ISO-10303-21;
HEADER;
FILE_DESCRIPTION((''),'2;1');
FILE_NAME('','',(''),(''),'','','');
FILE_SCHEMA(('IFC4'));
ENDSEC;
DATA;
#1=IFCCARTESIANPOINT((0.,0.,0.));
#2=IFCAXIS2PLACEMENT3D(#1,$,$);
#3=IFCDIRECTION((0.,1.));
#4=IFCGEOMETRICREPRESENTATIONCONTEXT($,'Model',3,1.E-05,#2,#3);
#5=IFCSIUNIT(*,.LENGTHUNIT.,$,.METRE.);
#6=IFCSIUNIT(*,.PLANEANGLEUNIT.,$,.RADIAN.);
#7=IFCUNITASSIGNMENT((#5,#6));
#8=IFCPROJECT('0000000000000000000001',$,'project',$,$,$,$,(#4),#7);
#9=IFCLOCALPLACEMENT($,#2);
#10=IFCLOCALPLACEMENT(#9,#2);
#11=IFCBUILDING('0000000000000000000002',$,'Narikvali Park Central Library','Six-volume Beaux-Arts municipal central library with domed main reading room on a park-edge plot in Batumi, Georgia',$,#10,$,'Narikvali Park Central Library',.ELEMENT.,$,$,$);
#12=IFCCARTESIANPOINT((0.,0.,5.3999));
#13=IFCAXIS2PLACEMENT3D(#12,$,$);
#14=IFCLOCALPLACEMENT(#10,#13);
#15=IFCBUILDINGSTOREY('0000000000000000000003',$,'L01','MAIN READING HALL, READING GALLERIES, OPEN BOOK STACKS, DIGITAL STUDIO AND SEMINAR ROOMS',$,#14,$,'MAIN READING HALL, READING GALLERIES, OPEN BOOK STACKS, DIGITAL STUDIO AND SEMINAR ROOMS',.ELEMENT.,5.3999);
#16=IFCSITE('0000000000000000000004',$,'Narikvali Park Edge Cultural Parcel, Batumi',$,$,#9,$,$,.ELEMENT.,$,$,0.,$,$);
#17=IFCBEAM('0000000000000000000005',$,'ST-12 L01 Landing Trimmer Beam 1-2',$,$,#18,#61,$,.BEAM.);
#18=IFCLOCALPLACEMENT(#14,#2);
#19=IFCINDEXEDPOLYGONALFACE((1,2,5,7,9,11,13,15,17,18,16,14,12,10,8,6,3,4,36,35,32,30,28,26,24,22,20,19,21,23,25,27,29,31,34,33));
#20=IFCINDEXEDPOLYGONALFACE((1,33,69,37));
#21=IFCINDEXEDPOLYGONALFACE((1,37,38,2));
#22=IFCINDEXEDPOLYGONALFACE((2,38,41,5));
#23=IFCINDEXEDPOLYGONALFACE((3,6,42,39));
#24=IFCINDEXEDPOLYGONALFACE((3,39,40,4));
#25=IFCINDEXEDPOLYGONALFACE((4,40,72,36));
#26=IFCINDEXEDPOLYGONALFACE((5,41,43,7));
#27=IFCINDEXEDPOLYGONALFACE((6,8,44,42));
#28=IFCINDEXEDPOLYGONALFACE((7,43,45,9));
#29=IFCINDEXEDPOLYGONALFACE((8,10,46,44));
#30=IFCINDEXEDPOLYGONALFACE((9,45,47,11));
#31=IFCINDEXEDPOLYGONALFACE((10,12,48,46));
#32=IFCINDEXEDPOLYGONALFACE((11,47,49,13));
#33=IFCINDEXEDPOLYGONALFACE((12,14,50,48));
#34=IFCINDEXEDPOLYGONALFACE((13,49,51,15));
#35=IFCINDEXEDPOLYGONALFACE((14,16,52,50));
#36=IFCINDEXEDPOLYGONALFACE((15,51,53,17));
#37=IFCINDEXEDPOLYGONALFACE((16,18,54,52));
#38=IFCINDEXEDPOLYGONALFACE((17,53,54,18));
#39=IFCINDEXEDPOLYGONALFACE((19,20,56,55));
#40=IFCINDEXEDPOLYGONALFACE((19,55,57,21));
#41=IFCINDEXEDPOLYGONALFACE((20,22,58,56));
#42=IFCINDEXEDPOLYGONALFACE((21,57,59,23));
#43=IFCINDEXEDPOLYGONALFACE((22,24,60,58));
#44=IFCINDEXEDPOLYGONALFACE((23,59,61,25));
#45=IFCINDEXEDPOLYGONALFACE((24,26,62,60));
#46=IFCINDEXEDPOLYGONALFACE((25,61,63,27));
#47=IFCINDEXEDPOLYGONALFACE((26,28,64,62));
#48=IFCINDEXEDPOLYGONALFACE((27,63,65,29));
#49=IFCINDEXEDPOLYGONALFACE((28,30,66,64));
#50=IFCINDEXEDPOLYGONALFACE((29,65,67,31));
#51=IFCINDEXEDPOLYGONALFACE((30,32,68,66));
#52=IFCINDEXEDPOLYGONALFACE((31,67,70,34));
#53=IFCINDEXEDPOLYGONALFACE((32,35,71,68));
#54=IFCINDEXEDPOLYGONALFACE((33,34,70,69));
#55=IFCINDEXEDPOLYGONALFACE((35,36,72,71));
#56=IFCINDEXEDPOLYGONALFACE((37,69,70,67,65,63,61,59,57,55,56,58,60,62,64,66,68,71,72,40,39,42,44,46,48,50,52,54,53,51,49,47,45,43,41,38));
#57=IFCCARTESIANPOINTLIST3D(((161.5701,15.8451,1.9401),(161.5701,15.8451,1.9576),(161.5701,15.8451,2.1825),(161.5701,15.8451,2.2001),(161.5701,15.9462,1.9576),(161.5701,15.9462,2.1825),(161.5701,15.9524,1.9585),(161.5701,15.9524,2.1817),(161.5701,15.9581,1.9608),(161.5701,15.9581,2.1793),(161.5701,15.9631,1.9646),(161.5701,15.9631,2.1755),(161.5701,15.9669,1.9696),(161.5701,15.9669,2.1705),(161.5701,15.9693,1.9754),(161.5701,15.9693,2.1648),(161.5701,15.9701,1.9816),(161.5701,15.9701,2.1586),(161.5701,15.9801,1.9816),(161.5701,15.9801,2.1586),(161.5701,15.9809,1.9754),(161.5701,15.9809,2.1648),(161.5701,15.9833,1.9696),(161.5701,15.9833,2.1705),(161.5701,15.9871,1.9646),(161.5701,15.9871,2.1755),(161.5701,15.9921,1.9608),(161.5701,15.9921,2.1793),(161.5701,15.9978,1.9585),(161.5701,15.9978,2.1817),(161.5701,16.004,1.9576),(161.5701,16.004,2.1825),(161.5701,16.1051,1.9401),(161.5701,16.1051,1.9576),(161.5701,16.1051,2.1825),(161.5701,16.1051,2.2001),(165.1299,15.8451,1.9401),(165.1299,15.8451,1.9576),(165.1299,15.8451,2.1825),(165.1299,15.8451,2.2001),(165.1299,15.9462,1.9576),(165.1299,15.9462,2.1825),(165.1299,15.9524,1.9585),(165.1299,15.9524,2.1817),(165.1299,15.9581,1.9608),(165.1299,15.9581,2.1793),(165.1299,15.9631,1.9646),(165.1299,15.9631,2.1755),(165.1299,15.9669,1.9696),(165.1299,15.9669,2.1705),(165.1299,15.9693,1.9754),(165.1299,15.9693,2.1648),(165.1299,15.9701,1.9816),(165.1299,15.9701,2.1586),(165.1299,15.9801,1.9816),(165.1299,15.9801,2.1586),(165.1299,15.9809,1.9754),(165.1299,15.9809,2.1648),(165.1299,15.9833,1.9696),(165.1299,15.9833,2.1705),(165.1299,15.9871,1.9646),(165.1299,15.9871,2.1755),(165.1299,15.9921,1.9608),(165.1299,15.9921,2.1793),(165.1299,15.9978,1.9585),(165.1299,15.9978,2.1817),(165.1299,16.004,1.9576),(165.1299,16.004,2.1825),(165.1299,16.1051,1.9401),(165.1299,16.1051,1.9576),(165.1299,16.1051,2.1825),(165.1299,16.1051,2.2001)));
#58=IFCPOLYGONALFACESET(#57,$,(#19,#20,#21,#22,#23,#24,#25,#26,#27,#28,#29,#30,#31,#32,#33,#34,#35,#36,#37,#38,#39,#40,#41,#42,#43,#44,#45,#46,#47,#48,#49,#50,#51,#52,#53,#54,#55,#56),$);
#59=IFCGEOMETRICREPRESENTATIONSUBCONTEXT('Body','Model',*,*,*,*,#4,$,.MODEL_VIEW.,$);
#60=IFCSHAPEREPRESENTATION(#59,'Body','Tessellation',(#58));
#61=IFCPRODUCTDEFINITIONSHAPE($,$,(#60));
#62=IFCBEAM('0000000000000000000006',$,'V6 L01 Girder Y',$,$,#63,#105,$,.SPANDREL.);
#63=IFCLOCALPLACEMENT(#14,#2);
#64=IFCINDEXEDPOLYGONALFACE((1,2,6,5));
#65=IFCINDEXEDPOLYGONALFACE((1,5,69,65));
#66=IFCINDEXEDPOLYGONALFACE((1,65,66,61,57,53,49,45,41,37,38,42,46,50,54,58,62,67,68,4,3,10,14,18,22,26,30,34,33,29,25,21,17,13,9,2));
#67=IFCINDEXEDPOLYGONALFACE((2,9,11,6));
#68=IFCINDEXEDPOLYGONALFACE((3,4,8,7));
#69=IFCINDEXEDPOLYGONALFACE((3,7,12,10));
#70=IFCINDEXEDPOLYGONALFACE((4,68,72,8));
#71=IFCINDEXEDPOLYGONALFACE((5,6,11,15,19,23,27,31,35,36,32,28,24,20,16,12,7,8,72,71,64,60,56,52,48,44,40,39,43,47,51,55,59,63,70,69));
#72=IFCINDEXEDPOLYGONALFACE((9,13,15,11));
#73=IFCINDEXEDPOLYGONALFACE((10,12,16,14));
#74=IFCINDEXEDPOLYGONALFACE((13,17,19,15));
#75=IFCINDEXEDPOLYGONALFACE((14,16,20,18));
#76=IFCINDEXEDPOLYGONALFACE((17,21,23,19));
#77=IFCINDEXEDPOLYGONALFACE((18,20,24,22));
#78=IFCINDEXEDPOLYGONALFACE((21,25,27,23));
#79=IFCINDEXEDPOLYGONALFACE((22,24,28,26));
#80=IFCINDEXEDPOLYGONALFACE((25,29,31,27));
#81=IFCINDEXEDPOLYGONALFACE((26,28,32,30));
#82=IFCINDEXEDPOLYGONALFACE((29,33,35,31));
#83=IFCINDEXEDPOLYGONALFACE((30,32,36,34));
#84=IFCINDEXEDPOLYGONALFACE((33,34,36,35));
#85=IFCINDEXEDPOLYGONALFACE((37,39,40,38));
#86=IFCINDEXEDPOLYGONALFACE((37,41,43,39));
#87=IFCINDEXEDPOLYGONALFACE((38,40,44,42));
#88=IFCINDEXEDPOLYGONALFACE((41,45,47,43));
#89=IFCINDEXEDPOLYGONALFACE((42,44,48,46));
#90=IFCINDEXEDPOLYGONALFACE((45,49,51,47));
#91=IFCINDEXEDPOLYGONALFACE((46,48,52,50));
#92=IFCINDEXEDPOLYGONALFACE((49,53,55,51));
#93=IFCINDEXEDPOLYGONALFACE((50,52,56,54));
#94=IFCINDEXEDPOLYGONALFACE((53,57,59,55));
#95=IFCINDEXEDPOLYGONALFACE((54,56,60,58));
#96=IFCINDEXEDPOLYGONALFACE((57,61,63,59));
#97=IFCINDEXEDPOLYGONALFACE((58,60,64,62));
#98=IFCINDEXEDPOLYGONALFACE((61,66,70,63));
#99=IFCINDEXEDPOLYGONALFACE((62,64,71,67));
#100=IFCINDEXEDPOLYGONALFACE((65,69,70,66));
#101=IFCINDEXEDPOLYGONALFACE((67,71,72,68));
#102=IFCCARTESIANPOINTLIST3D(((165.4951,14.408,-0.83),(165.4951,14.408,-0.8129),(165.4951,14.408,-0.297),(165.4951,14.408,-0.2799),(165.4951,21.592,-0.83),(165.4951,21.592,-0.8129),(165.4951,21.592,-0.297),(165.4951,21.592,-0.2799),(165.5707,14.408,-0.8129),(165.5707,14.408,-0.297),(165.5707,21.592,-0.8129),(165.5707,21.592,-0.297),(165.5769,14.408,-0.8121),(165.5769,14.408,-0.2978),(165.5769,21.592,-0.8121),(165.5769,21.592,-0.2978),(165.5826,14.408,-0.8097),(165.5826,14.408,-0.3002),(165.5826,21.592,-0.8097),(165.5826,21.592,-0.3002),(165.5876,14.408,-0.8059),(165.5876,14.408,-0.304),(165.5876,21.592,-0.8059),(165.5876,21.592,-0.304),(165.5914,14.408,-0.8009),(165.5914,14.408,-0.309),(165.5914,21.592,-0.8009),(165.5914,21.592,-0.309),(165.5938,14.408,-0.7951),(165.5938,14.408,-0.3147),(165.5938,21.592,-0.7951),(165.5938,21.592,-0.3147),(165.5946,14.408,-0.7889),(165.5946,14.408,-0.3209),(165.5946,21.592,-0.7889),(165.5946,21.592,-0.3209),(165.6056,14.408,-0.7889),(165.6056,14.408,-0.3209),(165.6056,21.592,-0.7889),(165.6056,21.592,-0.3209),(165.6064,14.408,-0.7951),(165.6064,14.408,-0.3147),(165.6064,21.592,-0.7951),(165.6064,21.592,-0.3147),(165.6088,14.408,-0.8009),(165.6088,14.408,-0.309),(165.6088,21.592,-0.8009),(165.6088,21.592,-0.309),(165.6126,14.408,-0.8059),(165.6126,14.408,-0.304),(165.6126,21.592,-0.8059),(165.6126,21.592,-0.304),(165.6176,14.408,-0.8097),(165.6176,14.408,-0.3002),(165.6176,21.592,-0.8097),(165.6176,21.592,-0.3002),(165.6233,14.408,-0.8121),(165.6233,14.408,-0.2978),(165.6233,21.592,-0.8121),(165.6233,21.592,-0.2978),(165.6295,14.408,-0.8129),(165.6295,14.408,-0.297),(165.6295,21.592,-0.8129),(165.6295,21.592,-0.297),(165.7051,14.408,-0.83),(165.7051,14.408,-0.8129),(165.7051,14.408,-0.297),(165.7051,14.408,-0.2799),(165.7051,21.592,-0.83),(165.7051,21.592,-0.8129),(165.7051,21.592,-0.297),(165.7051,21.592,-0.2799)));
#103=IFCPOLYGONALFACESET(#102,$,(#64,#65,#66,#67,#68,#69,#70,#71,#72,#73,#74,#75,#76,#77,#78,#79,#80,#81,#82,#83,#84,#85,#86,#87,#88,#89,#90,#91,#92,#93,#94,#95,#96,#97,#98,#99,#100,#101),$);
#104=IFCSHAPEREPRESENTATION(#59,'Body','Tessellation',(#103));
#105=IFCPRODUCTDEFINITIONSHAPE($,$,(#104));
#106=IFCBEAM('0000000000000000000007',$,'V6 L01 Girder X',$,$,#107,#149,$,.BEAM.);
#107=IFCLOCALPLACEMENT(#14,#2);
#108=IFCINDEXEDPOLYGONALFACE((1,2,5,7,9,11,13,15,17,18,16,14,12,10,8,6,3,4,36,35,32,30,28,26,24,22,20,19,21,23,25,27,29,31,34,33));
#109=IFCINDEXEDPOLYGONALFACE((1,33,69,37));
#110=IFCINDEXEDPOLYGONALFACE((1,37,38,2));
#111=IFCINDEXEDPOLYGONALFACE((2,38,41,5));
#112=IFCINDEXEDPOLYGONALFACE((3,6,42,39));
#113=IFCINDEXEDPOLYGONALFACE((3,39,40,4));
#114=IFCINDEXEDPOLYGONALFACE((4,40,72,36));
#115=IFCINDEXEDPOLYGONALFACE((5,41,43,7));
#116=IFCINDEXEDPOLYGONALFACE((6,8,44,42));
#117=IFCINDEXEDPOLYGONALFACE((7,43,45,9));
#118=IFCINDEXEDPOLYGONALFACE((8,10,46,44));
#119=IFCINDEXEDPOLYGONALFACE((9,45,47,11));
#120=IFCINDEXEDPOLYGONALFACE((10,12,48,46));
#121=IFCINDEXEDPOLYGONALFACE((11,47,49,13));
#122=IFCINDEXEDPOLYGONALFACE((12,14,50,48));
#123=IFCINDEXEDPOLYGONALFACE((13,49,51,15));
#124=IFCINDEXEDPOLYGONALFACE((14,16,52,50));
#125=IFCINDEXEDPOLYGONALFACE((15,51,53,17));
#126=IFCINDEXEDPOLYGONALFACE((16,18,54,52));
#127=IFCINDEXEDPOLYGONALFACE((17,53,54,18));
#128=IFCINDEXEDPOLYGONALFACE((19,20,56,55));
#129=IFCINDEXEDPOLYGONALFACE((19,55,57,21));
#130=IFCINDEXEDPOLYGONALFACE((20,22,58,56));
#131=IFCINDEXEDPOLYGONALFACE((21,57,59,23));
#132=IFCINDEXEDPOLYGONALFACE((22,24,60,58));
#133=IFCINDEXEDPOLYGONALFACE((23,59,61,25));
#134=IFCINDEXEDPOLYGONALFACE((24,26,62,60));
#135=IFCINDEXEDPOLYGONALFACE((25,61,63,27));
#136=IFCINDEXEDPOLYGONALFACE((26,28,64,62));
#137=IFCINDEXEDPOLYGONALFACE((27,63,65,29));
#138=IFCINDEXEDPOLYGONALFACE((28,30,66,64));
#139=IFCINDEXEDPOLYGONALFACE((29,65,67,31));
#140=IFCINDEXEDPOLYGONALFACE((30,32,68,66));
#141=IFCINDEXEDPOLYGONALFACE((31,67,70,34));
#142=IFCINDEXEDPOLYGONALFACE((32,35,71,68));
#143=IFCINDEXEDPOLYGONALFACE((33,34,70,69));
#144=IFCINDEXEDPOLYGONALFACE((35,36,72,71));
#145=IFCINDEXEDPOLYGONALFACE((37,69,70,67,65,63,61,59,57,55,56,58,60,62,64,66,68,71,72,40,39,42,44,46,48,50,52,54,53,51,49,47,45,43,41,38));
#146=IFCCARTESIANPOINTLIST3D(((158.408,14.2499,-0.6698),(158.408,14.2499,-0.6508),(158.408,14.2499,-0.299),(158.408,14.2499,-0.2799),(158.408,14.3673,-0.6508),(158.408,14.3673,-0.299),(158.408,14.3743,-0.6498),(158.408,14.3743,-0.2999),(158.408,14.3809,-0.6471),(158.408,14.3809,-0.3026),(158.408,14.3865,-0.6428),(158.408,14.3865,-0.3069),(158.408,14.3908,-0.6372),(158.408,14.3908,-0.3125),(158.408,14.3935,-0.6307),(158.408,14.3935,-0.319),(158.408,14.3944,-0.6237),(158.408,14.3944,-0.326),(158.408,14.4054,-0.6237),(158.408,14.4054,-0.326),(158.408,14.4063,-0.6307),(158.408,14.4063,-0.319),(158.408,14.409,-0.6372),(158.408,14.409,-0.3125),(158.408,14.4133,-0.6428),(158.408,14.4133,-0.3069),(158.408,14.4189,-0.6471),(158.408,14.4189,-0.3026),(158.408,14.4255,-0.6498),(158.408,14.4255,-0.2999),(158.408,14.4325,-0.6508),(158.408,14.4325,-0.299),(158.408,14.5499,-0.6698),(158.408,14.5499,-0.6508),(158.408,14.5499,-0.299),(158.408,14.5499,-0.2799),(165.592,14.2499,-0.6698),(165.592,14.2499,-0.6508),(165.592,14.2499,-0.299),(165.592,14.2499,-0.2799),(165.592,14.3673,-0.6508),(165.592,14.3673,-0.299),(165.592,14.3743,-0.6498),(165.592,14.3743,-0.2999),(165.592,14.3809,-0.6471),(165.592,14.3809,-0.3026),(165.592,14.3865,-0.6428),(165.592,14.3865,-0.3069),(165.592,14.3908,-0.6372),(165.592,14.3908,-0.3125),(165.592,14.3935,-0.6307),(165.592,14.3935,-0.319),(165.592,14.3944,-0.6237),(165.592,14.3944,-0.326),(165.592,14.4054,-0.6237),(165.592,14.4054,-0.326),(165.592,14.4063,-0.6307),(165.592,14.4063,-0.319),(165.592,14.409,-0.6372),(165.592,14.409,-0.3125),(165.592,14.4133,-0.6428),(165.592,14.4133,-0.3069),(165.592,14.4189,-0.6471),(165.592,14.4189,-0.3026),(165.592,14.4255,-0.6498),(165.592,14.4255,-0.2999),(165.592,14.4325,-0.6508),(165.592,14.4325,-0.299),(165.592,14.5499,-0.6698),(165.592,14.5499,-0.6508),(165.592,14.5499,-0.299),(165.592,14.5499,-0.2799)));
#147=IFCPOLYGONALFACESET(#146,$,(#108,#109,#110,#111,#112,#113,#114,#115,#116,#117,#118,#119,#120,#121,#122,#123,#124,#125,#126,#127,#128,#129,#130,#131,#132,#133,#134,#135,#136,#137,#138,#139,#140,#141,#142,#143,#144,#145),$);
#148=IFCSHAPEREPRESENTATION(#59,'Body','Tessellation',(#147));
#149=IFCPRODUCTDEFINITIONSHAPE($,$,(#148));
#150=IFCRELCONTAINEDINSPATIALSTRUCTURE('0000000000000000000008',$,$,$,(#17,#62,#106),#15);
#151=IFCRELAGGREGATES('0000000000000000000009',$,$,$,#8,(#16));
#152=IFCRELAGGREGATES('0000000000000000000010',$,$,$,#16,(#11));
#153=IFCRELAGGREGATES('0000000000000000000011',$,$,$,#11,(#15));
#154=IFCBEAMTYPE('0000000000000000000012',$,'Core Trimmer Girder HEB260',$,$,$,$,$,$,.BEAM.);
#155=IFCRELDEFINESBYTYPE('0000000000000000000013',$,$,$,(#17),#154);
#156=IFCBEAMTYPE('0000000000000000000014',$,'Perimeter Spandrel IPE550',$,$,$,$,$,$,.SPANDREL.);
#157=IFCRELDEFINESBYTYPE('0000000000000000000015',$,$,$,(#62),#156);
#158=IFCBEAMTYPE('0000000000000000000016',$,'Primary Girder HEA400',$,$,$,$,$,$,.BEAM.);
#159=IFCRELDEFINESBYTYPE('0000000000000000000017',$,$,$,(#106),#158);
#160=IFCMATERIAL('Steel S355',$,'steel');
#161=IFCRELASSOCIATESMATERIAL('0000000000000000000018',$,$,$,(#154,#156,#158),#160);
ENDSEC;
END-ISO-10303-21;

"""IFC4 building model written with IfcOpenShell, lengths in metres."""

from ifc_helpers import new_model, si_unit, direction, frame, origin, origin_2d, place, context, subcontext, project, spatial, i_section, extrude, material, material_profile, profile_set, type_object, element, save


model = new_model("IFC4")

# Units and contexts
model_context = context("Model", 3, precision=1e-05, world=origin(), true_north=direction((0.0, 1.0)))
body_context = subcontext(model_context, "Body", "Model", "MODEL_VIEW")
ifc_project = project(units=[si_unit("LENGTHUNIT", "METRE"), si_unit("PLANEANGLEUNIT", "RADIAN")], contexts=[model_context])

# Site, building, storey
site_placement = place(None, origin())
site = spatial("IfcSite", under=ifc_project, at=site_placement, Name="Narikvali Park Edge Cultural Parcel, Batumi", CompositionType="ELEMENT", RefElevation=0.0)
building_placement = place(site_placement, origin())
building = spatial("IfcBuilding", under=site, at=building_placement, Name="Narikvali Park Central Library", Description="Six-volume Beaux-Arts municipal central library with domed main reading room on a park-edge plot in Batumi, Georgia", LongName="Narikvali Park Central Library", CompositionType="ELEMENT")
storey_placement = place(building_placement, frame((0.0, 0.0, 5.3999)))
storey = spatial("IfcBuildingStorey", under=building, at=storey_placement, Name="L01", Description="MAIN READING HALL, READING GALLERIES, OPEN BOOK STACKS, DIGITAL STUDIO AND SEMINAR ROOMS", LongName="MAIN READING HALL, READING GALLERIES, OPEN BOOK STACKS, DIGITAL STUDIO AND SEMINAR ROOMS", CompositionType="ELEMENT", Elevation=5.3999)

# Shared definitions
ifc_material_1 = material(Name="Steel S355", Category="steel")

# Beams
ifc_material_profile_1 = material_profile(ifc_material_1, i_section(OverallWidth=0.26, OverallDepth=0.26, WebThickness=0.01, FlangeThickness=0.0176, FilletRadius=0.0239, at=origin_2d()), Name="HEB 260")
ifc_profile_set_1 = profile_set([ifc_material_profile_1], Name="Steel S355")
beam_type_1 = type_object("IfcBeamType", Name="Core Trimmer Girder HEB260", PredefinedType="BEAM", material=ifc_profile_set_1)
for number, where, z_axis, x_axis, name in (
    (1, (161.5701, 15.9751, 2.0701), (1.0, 0.0, 0.0), (0.0, 1.0, 0.0), "ST-12 L01 Landing Trimmer Beam 1-2"),
):
    element("IfcBeam", number, at=place(storey_placement, frame(where, z_axis=z_axis, x_axis=x_axis)), inside=storey, type_object=beam_type_1, Name=name, PredefinedType="BEAM", context=body_context, shape_type="SweptSolid", body=[
        extrude(i_section(OverallWidth=0.26, OverallDepth=0.26, WebThickness=0.01, FlangeThickness=0.0176, FilletRadius=0.0239, at=origin_2d()), origin(), (0.0, 0.0, 1.0), 3.5598),
    ])
ifc_material_profile_2 = material_profile(ifc_material_1, i_section(OverallWidth=0.21, OverallDepth=0.55, WebThickness=0.011, FlangeThickness=0.0171, FilletRadius=0.0239, at=origin_2d()), Name="IPE 550")
ifc_profile_set_2 = profile_set([ifc_material_profile_2], Name="Steel S355")
beam_type_2 = type_object("IfcBeamType", Name="Perimeter Spandrel IPE550", PredefinedType="SPANDREL", material=ifc_profile_set_2)
beam_1_placement = place(storey_placement, frame((165.6001, 14.408, -0.5549), z_axis=(0.0, 1.0, 0.0), x_axis=(-1.0, 0.0, 0.0)))
element("IfcBeam", 2, at=beam_1_placement, inside=storey, type_object=beam_type_2, Name="V6 L01 Girder Y", PredefinedType="SPANDREL", context=body_context, shape_type="SweptSolid", body=[
    extrude(i_section(OverallWidth=0.21, OverallDepth=0.55, WebThickness=0.011, FlangeThickness=0.0171, FilletRadius=0.0239, at=origin_2d()), origin(), (0.0, 0.0, 1.0), 7.1841),
])
ifc_material_profile_3 = material_profile(ifc_material_1, i_section(OverallWidth=0.3, OverallDepth=0.3899, WebThickness=0.011, FlangeThickness=0.019, FilletRadius=0.0271, at=origin_2d()), Name="HEA 400")
ifc_profile_set_3 = profile_set([ifc_material_profile_3], Name="Steel S355")
beam_type_3 = type_object("IfcBeamType", Name="Primary Girder HEA400", PredefinedType="BEAM", material=ifc_profile_set_3)
beam_2_placement = place(storey_placement, frame((158.408, 14.3999, -0.4749), z_axis=(1.0, 0.0, 0.0), x_axis=(0.0, 1.0, 0.0)))
element("IfcBeam", 3, at=beam_2_placement, inside=storey, type_object=beam_type_3, Name="V6 L01 Girder X", PredefinedType="BEAM", context=body_context, shape_type="SweptSolid", body=[
    extrude(i_section(OverallWidth=0.3, OverallDepth=0.3899, WebThickness=0.011, FlangeThickness=0.019, FilletRadius=0.0271, at=origin_2d()), origin(), (0.0, 0.0, 1.0), 7.1841),
])

save(model, "model.ifc")
